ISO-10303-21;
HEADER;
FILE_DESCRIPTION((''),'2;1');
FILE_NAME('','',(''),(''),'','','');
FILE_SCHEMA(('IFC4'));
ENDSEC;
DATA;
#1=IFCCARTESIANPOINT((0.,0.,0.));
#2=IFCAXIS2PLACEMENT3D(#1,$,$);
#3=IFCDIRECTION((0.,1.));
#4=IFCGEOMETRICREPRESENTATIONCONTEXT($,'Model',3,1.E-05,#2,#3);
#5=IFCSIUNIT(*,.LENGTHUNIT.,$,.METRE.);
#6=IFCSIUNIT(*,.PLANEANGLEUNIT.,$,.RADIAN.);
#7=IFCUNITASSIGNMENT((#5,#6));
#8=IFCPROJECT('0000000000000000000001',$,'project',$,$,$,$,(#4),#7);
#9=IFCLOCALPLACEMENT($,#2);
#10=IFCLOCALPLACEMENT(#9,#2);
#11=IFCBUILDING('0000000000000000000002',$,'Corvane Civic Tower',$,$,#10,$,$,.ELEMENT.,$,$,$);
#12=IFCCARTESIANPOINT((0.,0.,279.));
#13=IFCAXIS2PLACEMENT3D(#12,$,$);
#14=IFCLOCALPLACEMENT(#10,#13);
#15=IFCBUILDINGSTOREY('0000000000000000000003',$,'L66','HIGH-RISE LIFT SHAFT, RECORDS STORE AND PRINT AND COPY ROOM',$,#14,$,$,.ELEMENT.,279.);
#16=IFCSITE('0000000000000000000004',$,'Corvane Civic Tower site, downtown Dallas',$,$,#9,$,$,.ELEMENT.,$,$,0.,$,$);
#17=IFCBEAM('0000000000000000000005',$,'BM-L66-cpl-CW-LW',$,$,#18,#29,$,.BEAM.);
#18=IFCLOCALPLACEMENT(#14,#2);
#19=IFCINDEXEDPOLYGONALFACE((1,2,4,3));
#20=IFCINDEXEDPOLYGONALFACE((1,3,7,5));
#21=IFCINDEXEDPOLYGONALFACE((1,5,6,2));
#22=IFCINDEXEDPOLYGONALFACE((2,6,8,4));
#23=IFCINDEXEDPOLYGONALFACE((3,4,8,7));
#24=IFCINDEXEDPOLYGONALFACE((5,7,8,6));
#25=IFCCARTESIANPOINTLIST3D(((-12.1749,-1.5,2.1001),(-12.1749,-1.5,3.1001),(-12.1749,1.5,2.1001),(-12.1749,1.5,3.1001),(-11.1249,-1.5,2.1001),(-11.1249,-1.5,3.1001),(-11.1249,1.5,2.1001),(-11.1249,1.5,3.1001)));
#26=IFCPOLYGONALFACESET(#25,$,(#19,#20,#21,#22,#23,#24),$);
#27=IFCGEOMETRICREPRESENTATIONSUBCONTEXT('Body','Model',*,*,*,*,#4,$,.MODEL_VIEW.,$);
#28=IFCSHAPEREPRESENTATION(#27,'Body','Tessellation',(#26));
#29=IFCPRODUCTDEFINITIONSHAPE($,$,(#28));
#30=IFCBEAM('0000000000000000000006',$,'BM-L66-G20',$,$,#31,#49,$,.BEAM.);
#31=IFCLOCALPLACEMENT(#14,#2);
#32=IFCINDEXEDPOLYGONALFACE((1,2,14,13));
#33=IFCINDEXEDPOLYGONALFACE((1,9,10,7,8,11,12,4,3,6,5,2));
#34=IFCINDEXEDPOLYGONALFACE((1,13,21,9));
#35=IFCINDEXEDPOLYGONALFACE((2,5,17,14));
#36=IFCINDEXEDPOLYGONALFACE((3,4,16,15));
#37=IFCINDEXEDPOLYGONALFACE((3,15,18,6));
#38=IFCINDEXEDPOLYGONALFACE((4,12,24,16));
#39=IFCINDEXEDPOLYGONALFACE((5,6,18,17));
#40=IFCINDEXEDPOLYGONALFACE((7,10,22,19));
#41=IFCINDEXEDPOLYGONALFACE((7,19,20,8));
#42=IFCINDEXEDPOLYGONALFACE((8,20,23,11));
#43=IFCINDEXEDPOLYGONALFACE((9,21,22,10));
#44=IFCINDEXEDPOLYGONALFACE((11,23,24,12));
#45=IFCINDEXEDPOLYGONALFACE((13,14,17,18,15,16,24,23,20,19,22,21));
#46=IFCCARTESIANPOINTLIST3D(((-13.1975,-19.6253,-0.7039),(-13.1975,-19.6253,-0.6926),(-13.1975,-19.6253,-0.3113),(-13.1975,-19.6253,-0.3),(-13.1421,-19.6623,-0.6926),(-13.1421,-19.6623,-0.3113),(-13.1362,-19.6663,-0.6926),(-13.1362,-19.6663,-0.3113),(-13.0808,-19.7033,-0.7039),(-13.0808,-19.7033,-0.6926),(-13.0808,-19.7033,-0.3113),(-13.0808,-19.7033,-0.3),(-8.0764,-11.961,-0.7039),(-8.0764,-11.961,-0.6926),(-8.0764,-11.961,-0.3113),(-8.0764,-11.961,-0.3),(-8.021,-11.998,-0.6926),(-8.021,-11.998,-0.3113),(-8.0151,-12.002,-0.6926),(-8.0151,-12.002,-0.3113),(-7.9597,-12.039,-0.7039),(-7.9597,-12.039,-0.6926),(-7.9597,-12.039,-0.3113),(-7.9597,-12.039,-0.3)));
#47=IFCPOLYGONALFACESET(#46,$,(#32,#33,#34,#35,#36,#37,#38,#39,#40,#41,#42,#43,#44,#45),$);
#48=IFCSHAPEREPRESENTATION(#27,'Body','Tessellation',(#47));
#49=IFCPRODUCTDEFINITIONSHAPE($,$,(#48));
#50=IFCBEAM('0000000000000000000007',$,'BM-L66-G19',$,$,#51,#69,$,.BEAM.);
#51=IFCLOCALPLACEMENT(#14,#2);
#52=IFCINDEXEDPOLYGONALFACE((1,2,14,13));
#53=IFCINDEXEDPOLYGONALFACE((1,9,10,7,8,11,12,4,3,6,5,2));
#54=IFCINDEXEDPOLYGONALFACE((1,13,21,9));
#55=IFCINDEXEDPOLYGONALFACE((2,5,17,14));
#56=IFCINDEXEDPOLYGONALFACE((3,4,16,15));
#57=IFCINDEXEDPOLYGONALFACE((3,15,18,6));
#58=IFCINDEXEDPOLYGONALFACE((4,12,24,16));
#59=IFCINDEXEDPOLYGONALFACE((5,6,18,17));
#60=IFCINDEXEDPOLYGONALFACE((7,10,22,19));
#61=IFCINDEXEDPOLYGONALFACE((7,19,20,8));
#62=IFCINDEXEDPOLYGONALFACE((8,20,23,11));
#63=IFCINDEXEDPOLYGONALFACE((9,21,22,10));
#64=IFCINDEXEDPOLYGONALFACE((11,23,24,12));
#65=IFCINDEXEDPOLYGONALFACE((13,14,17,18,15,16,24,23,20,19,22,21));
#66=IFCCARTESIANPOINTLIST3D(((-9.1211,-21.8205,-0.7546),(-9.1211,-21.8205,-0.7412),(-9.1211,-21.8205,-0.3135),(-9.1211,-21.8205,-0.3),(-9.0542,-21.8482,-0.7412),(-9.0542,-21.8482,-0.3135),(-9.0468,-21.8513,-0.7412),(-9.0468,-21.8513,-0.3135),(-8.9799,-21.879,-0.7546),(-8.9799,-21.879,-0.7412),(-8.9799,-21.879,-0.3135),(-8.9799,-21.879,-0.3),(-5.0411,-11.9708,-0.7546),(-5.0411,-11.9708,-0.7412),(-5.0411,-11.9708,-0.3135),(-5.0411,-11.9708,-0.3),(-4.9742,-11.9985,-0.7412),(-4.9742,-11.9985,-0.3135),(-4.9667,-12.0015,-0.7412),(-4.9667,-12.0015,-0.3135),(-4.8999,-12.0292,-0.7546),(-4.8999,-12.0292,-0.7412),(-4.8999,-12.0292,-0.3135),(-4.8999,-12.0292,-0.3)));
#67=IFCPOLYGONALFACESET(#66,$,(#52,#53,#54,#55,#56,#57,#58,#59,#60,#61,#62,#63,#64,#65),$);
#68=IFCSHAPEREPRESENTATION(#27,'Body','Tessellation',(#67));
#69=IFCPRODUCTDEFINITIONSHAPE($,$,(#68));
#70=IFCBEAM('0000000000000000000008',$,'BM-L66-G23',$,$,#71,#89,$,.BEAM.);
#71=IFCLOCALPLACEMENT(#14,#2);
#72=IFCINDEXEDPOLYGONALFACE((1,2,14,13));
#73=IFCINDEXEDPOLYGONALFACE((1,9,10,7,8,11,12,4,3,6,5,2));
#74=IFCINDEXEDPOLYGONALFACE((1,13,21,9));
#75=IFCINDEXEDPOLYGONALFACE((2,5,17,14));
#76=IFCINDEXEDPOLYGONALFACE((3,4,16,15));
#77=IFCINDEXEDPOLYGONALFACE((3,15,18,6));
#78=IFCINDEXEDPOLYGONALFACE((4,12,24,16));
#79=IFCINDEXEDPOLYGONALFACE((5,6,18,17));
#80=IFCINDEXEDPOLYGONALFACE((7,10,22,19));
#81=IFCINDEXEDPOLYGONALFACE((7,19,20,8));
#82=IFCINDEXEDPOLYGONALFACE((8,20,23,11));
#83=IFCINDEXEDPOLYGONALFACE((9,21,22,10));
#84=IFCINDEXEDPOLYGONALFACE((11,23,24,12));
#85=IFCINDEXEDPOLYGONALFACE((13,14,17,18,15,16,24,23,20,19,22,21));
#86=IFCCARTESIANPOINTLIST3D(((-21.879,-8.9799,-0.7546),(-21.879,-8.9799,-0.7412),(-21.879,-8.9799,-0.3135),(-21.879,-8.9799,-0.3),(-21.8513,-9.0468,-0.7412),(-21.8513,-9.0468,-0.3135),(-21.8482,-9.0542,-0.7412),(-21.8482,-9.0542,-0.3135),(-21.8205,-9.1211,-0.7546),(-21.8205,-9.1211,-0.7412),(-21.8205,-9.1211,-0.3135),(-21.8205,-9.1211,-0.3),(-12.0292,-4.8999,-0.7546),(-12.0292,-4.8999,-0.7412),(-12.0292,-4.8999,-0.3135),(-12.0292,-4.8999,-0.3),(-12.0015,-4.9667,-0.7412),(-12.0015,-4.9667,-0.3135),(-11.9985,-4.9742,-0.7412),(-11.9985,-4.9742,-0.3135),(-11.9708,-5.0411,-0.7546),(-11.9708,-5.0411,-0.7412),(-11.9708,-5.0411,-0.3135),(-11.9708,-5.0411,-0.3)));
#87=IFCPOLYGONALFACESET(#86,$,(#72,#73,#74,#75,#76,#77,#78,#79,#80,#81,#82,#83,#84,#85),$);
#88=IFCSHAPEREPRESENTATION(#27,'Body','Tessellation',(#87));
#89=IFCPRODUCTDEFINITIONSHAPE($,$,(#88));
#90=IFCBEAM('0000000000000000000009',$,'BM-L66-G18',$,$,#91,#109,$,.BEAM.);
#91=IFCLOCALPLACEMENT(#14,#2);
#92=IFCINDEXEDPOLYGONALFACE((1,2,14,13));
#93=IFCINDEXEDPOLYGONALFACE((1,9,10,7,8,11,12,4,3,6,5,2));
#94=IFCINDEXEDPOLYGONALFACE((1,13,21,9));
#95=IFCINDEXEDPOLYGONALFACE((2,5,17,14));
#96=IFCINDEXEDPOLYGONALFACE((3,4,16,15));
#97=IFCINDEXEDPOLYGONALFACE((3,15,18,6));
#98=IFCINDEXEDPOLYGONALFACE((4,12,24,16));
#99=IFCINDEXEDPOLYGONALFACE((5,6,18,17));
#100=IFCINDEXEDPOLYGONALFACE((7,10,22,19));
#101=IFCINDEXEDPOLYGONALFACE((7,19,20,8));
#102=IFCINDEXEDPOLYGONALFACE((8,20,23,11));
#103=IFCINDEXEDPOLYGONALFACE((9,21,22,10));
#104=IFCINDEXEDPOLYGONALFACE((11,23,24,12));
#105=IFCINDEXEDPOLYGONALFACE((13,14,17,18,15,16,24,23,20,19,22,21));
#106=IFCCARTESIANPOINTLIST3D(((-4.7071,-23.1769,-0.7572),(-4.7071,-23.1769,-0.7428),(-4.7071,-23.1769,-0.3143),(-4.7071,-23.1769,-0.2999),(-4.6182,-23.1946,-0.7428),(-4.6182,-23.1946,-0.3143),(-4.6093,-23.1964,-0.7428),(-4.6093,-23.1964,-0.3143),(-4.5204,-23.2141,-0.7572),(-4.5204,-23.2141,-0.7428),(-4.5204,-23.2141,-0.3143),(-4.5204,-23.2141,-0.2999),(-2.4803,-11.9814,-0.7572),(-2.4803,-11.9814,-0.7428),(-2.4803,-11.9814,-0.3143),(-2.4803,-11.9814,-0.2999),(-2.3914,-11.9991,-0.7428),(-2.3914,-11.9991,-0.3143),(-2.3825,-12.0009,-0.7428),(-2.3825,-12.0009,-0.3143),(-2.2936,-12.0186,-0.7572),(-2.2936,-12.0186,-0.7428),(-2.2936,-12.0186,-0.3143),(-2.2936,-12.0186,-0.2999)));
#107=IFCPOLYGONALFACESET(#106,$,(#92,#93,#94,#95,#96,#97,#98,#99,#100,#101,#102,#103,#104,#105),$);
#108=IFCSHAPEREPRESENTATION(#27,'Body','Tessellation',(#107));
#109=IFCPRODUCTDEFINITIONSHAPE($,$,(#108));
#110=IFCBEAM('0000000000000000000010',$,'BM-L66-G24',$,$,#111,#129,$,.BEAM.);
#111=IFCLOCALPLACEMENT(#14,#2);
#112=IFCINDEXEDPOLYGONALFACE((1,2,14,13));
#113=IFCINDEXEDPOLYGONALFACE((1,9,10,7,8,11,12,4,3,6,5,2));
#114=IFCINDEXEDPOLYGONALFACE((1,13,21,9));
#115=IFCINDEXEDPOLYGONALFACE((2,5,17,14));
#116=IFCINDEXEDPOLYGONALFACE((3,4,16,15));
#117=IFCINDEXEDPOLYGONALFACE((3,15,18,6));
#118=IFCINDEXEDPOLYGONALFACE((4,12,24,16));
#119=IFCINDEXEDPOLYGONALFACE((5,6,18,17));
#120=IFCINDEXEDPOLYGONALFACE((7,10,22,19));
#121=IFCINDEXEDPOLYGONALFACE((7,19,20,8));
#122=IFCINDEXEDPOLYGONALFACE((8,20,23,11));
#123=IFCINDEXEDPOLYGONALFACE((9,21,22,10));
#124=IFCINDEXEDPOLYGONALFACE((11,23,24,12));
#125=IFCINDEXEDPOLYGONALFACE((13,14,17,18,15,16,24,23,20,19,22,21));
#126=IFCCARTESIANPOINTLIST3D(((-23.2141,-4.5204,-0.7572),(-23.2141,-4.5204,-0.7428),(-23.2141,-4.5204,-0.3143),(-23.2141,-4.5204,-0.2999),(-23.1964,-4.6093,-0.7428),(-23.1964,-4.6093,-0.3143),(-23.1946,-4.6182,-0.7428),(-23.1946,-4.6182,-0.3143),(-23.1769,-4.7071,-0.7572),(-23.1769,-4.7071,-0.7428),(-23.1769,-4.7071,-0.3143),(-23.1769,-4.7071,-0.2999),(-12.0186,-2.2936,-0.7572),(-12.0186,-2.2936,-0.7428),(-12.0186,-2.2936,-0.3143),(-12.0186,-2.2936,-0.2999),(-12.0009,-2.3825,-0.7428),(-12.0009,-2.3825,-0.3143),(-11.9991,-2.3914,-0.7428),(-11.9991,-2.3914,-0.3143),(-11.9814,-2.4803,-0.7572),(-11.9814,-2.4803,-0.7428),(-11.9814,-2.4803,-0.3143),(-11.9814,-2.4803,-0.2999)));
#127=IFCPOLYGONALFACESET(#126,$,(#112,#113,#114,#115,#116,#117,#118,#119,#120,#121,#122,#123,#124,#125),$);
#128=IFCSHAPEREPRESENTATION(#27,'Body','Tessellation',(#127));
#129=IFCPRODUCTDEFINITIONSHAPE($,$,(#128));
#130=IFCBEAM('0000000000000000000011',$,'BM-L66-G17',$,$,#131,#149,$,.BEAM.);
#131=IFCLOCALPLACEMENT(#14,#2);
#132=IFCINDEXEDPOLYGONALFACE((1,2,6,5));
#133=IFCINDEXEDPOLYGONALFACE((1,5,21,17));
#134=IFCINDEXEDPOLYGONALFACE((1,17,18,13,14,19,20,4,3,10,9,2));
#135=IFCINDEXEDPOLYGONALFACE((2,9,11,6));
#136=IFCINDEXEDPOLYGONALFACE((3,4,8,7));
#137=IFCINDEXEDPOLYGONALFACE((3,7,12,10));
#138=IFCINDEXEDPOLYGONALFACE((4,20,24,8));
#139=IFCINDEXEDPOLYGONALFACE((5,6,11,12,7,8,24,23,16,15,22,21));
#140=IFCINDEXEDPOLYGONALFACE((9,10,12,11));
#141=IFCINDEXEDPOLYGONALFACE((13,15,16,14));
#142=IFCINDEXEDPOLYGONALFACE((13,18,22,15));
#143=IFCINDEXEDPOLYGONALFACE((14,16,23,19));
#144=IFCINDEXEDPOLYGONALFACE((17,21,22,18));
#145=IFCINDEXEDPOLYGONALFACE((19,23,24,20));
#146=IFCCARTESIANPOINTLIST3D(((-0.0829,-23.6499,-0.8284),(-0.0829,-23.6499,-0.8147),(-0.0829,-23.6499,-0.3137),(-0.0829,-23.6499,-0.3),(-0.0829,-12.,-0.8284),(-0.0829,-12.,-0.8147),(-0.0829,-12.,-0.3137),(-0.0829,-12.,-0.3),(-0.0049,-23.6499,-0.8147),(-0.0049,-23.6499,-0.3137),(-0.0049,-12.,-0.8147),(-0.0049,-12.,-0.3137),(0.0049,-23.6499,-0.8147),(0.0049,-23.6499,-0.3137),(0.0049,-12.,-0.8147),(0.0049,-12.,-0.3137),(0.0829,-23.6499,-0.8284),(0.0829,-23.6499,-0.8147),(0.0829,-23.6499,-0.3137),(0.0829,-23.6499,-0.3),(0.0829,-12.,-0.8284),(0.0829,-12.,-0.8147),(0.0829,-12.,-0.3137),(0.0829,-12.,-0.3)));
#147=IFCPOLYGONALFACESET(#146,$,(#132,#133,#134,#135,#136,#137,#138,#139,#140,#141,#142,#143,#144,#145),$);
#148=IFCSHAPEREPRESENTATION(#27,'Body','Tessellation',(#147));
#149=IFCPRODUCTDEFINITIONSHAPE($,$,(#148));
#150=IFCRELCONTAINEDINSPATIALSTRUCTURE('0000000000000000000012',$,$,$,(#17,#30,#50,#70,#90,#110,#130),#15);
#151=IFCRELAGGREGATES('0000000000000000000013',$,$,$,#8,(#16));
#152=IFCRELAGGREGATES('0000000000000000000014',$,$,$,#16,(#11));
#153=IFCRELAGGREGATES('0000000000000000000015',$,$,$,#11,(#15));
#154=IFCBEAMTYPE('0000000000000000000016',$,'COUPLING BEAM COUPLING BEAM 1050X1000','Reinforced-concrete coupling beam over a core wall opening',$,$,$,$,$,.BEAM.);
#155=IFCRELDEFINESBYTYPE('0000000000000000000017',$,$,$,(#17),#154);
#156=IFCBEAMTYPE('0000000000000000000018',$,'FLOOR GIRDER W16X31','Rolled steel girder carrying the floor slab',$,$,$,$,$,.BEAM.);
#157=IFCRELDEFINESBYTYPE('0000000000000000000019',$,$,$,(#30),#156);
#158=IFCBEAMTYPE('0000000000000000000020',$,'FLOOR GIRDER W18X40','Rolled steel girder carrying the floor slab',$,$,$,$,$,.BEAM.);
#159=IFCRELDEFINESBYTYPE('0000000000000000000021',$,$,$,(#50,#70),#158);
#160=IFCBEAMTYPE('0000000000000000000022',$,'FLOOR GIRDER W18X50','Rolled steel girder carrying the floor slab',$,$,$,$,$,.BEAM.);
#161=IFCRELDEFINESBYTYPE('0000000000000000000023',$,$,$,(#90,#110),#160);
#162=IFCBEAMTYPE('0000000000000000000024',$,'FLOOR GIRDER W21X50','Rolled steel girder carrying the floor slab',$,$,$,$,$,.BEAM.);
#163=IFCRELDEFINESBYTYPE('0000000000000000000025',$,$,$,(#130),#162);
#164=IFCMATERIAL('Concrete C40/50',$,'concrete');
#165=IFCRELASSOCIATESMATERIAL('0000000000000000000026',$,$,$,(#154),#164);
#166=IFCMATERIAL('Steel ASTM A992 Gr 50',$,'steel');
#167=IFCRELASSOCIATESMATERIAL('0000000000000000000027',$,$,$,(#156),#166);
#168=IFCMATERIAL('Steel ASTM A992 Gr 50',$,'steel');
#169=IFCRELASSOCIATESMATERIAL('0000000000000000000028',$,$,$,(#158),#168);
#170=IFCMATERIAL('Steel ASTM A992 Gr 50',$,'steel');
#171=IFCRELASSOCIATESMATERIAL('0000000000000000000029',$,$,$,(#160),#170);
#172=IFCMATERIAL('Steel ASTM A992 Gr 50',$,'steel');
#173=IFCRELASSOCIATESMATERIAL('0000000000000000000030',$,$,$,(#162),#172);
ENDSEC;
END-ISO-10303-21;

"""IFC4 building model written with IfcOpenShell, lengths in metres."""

from ifc_helpers import new_model, si_unit, direction, frame, origin, origin_2d, place, context, subcontext, project, spatial, rectangle, i_section, extrude, material, material_profile, profile_set, type_object, element, save


model = new_model("IFC4")

# Units and contexts
model_context = context("Model", 3, precision=1e-05, world=origin(), true_north=direction((0.0, 1.0)))
body_context = subcontext(model_context, "Body", "Model", "MODEL_VIEW")
ifc_project = project(units=[si_unit("LENGTHUNIT", "METRE"), si_unit("PLANEANGLEUNIT", "RADIAN")], contexts=[model_context])

# Site, building, storey
site_placement = place(None, origin())
site = spatial("IfcSite", under=ifc_project, at=site_placement, Name="Corvane Civic Tower site, downtown Dallas", CompositionType="ELEMENT", RefElevation=0.0)
building_placement = place(site_placement, origin())
building = spatial("IfcBuilding", under=site, at=building_placement, Name="Corvane Civic Tower", CompositionType="ELEMENT")
storey_placement = place(building_placement, frame((0.0, 0.0, 279.0)))
storey = spatial("IfcBuildingStorey", under=building, at=storey_placement, Name="L66", Description="HIGH-RISE LIFT SHAFT, RECORDS STORE AND PRINT AND COPY ROOM", CompositionType="ELEMENT", Elevation=279.0)

# Beams
ifc_material_1 = material(Name="Concrete C40/50", Category="concrete")
ifc_material_profile_1 = material_profile(ifc_material_1, rectangle(XDim=1.05, YDim=1.0, at=origin_2d()), Name="COUPLING BEAM 1050X1000")
ifc_profile_set_1 = profile_set([ifc_material_profile_1], Name="Concrete C40/50")
beam_type_1 = type_object("IfcBeamType", Name="COUPLING BEAM COUPLING BEAM 1050X1000", Description="Reinforced-concrete coupling beam over a core wall opening", PredefinedType="BEAM", material=ifc_profile_set_1)
beam_1_placement = place(storey_placement, frame((-11.6499, -1.5, 2.6001), z_axis=(0.0, 1.0, 0.0), x_axis=(-1.0, 0.0, 0.0)))
element("IfcBeam", 1, at=beam_1_placement, inside=storey, type_object=beam_type_1, Name="BM-L66-cpl-CW-LW", PredefinedType="BEAM", context=body_context, shape_type="SweptSolid", body=[
    extrude(rectangle(XDim=1.05, YDim=1.0, at=origin_2d()), origin(), (0.0, 0.0, 1.0), 3.0),
])
ifc_material_2 = material(Name="Steel ASTM A992 Gr 50", Category="steel")
ifc_material_profile_2 = material_profile(ifc_material_2, i_section(OverallWidth=0.1404, OverallDepth=0.4038, WebThickness=0.0071, FlangeThickness=0.0112, at=origin_2d()), Name="W16X31")
ifc_profile_set_2 = profile_set([ifc_material_profile_2], Name="Steel ASTM A992 Gr 50")
beam_type_2 = type_object("IfcBeamType", Name="FLOOR GIRDER W16X31", Description="Rolled steel girder carrying the floor slab", PredefinedType="BEAM", material=ifc_profile_set_2)
beam_2_placement = place(storey_placement, frame((-8.0181, -12.0, -0.502), z_axis=(-0.555568, -0.831471, 0.0), x_axis=(0.831471, -0.555568, 0.0)))
element("IfcBeam", 2, at=beam_2_placement, inside=storey, type_object=beam_type_2, Name="BM-L66-G20", PredefinedType="BEAM", context=body_context, shape_type="SweptSolid", body=[
    extrude(i_section(OverallWidth=0.1404, OverallDepth=0.4038, WebThickness=0.0071, FlangeThickness=0.0112, at=origin_2d()), origin(), (0.0, 0.0, 1.0), 9.2178),
])
ifc_material_3 = material(Name="Steel ASTM A992 Gr 50", Category="steel")
ifc_material_profile_3 = material_profile(ifc_material_3, i_section(OverallWidth=0.1528, OverallDepth=0.4546, WebThickness=0.0081, FlangeThickness=0.0134, at=origin_2d()), Name="W18X40")
ifc_profile_set_3 = profile_set([ifc_material_profile_3], Name="Steel ASTM A992 Gr 50")
beam_type_3 = type_object("IfcBeamType", Name="FLOOR GIRDER W18X40", Description="Rolled steel girder carrying the floor slab", PredefinedType="BEAM", material=ifc_profile_set_3)
for number, where, z_axis, x_axis, name in (
    (3, (-4.9705, -12.0, -0.5273), (-0.382694, -0.923875, 0.0), (0.923875, -0.382694, 0.0), "BM-L66-G19"),
    (4, (-12.0, -4.9705, -0.5273), (-0.923875, -0.382694, 0.0), (0.382694, -0.923875, 0.0), "BM-L66-G23"),
):
    element("IfcBeam", number, at=place(storey_placement, frame(where, z_axis=z_axis, x_axis=x_axis)), inside=storey, type_object=beam_type_3, Name=name, PredefinedType="BEAM", context=body_context, shape_type="SweptSolid", body=[
        extrude(i_section(OverallWidth=0.1528, OverallDepth=0.4546, WebThickness=0.0081, FlangeThickness=0.0134, at=origin_2d()), origin(), (0.0, 0.0, 1.0), 10.6614),
    ])
ifc_material_4 = material(Name="Steel ASTM A992 Gr 50", Category="steel")
ifc_material_profile_4 = material_profile(ifc_material_4, i_section(OverallWidth=0.1904, OverallDepth=0.4573, WebThickness=0.009, FlangeThickness=0.0144, at=origin_2d()), Name="W18X50")
ifc_profile_set_4 = profile_set([ifc_material_profile_4], Name="Steel ASTM A992 Gr 50")
beam_type_4 = type_object("IfcBeamType", Name="FLOOR GIRDER W18X50", Description="Rolled steel girder carrying the floor slab", PredefinedType="BEAM", material=ifc_profile_set_4)
for number, where, z_axis, x_axis, name in (
    (5, (-2.387, -12.0, -0.5286), (-0.19508, -0.980787, 0.0), (0.980787, -0.19508, 0.0), "BM-L66-G18"),
    (6, (-12.0, -2.387, -0.5286), (-0.980787, -0.19508, 0.0), (0.19508, -0.980787, 0.0), "BM-L66-G24"),
):
    element("IfcBeam", number, at=place(storey_placement, frame(where, z_axis=z_axis, x_axis=x_axis)), inside=storey, type_object=beam_type_4, Name=name, PredefinedType="BEAM", context=body_context, shape_type="SweptSolid", body=[
        extrude(i_section(OverallWidth=0.1904, OverallDepth=0.4573, WebThickness=0.009, FlangeThickness=0.0144, at=origin_2d()), origin(), (0.0, 0.0, 1.0), 11.4148),
    ])
ifc_material_5 = material(Name="Steel ASTM A992 Gr 50", Category="steel")
ifc_material_profile_5 = material_profile(ifc_material_5, i_section(OverallWidth=0.1658, OverallDepth=0.5283, WebThickness=0.0098, FlangeThickness=0.0137, at=origin_2d()), Name="W21X50")
ifc_profile_set_5 = profile_set([ifc_material_profile_5], Name="Steel ASTM A992 Gr 50")
beam_type_5 = type_object("IfcBeamType", Name="FLOOR GIRDER W21X50", Description="Rolled steel girder carrying the floor slab", PredefinedType="BEAM", material=ifc_profile_set_5)
beam_3_placement = place(storey_placement, frame((0.0, -12.0, -0.5642), z_axis=(0.0, -1.0, 0.0), x_axis=(1.0, 0.0, 0.0)))
element("IfcBeam", 7, at=beam_3_placement, inside=storey, type_object=beam_type_5, Name="BM-L66-G17", PredefinedType="BEAM", context=body_context, shape_type="SweptSolid", body=[
    extrude(i_section(OverallWidth=0.1658, OverallDepth=0.5283, WebThickness=0.0098, FlangeThickness=0.0137, at=origin_2d()), origin(), (0.0, 0.0, 1.0), 11.6499),
])

save(model, "model.ifc")
